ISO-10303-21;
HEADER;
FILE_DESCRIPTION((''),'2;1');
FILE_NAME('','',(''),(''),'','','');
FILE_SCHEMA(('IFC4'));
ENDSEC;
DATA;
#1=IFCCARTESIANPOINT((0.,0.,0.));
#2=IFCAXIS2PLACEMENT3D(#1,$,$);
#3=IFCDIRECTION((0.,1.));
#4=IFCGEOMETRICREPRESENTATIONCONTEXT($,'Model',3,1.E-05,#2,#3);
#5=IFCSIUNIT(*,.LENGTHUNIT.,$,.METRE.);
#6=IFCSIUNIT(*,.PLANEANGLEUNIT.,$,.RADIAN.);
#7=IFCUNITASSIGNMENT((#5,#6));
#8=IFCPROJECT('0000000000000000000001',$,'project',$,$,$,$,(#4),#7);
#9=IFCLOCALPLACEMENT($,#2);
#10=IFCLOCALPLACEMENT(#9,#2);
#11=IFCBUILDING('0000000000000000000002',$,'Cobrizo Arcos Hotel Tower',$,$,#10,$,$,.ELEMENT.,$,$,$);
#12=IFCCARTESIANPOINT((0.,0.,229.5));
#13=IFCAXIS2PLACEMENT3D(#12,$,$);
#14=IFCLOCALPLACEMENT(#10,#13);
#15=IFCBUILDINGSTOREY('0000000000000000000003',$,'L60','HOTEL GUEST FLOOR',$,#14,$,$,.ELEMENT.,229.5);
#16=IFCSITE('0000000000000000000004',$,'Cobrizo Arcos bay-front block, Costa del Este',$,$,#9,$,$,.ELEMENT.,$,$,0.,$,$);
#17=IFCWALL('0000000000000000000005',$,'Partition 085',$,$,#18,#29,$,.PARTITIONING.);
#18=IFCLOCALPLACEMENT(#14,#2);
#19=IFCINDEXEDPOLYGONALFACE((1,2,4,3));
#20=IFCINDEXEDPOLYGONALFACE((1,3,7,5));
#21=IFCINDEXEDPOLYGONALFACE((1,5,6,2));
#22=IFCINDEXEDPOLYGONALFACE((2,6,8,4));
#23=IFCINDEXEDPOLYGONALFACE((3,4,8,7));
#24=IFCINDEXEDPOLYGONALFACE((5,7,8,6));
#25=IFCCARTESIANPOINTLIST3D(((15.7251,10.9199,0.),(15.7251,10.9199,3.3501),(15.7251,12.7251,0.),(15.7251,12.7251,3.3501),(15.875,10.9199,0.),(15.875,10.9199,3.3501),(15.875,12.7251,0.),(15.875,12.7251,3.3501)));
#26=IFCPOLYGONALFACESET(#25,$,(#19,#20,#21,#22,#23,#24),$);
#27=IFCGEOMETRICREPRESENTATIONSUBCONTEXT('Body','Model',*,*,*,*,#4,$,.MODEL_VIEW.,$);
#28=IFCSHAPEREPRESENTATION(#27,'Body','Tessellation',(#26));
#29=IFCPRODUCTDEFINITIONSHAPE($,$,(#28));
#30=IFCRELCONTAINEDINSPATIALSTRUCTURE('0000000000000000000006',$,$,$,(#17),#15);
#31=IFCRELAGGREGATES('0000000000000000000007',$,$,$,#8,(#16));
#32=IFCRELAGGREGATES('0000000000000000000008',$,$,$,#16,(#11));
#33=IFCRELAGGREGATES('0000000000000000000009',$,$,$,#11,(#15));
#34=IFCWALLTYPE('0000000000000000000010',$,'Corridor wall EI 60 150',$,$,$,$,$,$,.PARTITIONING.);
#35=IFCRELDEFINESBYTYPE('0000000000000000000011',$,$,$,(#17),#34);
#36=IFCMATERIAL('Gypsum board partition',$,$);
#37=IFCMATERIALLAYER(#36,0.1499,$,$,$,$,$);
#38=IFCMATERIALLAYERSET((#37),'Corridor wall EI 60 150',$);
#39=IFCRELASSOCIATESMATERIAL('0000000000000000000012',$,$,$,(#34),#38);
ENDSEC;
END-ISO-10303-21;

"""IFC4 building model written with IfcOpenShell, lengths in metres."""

from ifc_helpers import new_model, si_unit, direction, frame, frame_2d, origin, place, context, subcontext, project, spatial, rectangle, extrude, material, layer, layer_set, type_object, element, save


model = new_model("IFC4")

# Units and contexts
model_context = context("Model", 3, precision=1e-05, world=origin(), true_north=direction((0.0, 1.0)))
body_context = subcontext(model_context, "Body", "Model", "MODEL_VIEW")
ifc_project = project(units=[si_unit("LENGTHUNIT", "METRE"), si_unit("PLANEANGLEUNIT", "RADIAN")], contexts=[model_context])

# Site, building, storey
site_placement = place(None, origin())
site = spatial("IfcSite", under=ifc_project, at=site_placement, Name="Cobrizo Arcos bay-front block, Costa del Este", CompositionType="ELEMENT", RefElevation=0.0)
building_placement = place(site_placement, origin())
building = spatial("IfcBuilding", under=site, at=building_placement, Name="Cobrizo Arcos Hotel Tower", CompositionType="ELEMENT")
storey_placement = place(building_placement, frame((0.0, 0.0, 229.5)))
storey = spatial("IfcBuildingStorey", under=building, at=storey_placement, Name="L60", Description="HOTEL GUEST FLOOR", CompositionType="ELEMENT", Elevation=229.5)

# Wall
ifc_material_1 = material(Name="Gypsum board partition")
ifc_layer_1 = layer(ifc_material_1, 0.1499)
ifc_layer_set_1 = layer_set([ifc_layer_1], Name="Corridor wall EI 60 150")
wall_type = type_object("IfcWallType", Name="Corridor wall EI 60 150", PredefinedType="PARTITIONING", material=ifc_layer_set_1)
wall_placement = place(storey_placement, frame((15.8, 10.9199, 0.0), z_axis=(0.0, 0.0, 1.0), x_axis=(0.0, 1.0, 0.0)))
element("IfcWall", 1, at=wall_placement, inside=storey, type_object=wall_type, Name="Partition 085", PredefinedType="PARTITIONING", context=body_context, shape_type="SweptSolid", body=[
    extrude(rectangle(XDim=1.8052, YDim=0.1499, at=frame_2d((0.9026, 0.0))), origin(), (0.0, 0.0, 1.0), 3.3501),
])

save(model, "model.ifc")
